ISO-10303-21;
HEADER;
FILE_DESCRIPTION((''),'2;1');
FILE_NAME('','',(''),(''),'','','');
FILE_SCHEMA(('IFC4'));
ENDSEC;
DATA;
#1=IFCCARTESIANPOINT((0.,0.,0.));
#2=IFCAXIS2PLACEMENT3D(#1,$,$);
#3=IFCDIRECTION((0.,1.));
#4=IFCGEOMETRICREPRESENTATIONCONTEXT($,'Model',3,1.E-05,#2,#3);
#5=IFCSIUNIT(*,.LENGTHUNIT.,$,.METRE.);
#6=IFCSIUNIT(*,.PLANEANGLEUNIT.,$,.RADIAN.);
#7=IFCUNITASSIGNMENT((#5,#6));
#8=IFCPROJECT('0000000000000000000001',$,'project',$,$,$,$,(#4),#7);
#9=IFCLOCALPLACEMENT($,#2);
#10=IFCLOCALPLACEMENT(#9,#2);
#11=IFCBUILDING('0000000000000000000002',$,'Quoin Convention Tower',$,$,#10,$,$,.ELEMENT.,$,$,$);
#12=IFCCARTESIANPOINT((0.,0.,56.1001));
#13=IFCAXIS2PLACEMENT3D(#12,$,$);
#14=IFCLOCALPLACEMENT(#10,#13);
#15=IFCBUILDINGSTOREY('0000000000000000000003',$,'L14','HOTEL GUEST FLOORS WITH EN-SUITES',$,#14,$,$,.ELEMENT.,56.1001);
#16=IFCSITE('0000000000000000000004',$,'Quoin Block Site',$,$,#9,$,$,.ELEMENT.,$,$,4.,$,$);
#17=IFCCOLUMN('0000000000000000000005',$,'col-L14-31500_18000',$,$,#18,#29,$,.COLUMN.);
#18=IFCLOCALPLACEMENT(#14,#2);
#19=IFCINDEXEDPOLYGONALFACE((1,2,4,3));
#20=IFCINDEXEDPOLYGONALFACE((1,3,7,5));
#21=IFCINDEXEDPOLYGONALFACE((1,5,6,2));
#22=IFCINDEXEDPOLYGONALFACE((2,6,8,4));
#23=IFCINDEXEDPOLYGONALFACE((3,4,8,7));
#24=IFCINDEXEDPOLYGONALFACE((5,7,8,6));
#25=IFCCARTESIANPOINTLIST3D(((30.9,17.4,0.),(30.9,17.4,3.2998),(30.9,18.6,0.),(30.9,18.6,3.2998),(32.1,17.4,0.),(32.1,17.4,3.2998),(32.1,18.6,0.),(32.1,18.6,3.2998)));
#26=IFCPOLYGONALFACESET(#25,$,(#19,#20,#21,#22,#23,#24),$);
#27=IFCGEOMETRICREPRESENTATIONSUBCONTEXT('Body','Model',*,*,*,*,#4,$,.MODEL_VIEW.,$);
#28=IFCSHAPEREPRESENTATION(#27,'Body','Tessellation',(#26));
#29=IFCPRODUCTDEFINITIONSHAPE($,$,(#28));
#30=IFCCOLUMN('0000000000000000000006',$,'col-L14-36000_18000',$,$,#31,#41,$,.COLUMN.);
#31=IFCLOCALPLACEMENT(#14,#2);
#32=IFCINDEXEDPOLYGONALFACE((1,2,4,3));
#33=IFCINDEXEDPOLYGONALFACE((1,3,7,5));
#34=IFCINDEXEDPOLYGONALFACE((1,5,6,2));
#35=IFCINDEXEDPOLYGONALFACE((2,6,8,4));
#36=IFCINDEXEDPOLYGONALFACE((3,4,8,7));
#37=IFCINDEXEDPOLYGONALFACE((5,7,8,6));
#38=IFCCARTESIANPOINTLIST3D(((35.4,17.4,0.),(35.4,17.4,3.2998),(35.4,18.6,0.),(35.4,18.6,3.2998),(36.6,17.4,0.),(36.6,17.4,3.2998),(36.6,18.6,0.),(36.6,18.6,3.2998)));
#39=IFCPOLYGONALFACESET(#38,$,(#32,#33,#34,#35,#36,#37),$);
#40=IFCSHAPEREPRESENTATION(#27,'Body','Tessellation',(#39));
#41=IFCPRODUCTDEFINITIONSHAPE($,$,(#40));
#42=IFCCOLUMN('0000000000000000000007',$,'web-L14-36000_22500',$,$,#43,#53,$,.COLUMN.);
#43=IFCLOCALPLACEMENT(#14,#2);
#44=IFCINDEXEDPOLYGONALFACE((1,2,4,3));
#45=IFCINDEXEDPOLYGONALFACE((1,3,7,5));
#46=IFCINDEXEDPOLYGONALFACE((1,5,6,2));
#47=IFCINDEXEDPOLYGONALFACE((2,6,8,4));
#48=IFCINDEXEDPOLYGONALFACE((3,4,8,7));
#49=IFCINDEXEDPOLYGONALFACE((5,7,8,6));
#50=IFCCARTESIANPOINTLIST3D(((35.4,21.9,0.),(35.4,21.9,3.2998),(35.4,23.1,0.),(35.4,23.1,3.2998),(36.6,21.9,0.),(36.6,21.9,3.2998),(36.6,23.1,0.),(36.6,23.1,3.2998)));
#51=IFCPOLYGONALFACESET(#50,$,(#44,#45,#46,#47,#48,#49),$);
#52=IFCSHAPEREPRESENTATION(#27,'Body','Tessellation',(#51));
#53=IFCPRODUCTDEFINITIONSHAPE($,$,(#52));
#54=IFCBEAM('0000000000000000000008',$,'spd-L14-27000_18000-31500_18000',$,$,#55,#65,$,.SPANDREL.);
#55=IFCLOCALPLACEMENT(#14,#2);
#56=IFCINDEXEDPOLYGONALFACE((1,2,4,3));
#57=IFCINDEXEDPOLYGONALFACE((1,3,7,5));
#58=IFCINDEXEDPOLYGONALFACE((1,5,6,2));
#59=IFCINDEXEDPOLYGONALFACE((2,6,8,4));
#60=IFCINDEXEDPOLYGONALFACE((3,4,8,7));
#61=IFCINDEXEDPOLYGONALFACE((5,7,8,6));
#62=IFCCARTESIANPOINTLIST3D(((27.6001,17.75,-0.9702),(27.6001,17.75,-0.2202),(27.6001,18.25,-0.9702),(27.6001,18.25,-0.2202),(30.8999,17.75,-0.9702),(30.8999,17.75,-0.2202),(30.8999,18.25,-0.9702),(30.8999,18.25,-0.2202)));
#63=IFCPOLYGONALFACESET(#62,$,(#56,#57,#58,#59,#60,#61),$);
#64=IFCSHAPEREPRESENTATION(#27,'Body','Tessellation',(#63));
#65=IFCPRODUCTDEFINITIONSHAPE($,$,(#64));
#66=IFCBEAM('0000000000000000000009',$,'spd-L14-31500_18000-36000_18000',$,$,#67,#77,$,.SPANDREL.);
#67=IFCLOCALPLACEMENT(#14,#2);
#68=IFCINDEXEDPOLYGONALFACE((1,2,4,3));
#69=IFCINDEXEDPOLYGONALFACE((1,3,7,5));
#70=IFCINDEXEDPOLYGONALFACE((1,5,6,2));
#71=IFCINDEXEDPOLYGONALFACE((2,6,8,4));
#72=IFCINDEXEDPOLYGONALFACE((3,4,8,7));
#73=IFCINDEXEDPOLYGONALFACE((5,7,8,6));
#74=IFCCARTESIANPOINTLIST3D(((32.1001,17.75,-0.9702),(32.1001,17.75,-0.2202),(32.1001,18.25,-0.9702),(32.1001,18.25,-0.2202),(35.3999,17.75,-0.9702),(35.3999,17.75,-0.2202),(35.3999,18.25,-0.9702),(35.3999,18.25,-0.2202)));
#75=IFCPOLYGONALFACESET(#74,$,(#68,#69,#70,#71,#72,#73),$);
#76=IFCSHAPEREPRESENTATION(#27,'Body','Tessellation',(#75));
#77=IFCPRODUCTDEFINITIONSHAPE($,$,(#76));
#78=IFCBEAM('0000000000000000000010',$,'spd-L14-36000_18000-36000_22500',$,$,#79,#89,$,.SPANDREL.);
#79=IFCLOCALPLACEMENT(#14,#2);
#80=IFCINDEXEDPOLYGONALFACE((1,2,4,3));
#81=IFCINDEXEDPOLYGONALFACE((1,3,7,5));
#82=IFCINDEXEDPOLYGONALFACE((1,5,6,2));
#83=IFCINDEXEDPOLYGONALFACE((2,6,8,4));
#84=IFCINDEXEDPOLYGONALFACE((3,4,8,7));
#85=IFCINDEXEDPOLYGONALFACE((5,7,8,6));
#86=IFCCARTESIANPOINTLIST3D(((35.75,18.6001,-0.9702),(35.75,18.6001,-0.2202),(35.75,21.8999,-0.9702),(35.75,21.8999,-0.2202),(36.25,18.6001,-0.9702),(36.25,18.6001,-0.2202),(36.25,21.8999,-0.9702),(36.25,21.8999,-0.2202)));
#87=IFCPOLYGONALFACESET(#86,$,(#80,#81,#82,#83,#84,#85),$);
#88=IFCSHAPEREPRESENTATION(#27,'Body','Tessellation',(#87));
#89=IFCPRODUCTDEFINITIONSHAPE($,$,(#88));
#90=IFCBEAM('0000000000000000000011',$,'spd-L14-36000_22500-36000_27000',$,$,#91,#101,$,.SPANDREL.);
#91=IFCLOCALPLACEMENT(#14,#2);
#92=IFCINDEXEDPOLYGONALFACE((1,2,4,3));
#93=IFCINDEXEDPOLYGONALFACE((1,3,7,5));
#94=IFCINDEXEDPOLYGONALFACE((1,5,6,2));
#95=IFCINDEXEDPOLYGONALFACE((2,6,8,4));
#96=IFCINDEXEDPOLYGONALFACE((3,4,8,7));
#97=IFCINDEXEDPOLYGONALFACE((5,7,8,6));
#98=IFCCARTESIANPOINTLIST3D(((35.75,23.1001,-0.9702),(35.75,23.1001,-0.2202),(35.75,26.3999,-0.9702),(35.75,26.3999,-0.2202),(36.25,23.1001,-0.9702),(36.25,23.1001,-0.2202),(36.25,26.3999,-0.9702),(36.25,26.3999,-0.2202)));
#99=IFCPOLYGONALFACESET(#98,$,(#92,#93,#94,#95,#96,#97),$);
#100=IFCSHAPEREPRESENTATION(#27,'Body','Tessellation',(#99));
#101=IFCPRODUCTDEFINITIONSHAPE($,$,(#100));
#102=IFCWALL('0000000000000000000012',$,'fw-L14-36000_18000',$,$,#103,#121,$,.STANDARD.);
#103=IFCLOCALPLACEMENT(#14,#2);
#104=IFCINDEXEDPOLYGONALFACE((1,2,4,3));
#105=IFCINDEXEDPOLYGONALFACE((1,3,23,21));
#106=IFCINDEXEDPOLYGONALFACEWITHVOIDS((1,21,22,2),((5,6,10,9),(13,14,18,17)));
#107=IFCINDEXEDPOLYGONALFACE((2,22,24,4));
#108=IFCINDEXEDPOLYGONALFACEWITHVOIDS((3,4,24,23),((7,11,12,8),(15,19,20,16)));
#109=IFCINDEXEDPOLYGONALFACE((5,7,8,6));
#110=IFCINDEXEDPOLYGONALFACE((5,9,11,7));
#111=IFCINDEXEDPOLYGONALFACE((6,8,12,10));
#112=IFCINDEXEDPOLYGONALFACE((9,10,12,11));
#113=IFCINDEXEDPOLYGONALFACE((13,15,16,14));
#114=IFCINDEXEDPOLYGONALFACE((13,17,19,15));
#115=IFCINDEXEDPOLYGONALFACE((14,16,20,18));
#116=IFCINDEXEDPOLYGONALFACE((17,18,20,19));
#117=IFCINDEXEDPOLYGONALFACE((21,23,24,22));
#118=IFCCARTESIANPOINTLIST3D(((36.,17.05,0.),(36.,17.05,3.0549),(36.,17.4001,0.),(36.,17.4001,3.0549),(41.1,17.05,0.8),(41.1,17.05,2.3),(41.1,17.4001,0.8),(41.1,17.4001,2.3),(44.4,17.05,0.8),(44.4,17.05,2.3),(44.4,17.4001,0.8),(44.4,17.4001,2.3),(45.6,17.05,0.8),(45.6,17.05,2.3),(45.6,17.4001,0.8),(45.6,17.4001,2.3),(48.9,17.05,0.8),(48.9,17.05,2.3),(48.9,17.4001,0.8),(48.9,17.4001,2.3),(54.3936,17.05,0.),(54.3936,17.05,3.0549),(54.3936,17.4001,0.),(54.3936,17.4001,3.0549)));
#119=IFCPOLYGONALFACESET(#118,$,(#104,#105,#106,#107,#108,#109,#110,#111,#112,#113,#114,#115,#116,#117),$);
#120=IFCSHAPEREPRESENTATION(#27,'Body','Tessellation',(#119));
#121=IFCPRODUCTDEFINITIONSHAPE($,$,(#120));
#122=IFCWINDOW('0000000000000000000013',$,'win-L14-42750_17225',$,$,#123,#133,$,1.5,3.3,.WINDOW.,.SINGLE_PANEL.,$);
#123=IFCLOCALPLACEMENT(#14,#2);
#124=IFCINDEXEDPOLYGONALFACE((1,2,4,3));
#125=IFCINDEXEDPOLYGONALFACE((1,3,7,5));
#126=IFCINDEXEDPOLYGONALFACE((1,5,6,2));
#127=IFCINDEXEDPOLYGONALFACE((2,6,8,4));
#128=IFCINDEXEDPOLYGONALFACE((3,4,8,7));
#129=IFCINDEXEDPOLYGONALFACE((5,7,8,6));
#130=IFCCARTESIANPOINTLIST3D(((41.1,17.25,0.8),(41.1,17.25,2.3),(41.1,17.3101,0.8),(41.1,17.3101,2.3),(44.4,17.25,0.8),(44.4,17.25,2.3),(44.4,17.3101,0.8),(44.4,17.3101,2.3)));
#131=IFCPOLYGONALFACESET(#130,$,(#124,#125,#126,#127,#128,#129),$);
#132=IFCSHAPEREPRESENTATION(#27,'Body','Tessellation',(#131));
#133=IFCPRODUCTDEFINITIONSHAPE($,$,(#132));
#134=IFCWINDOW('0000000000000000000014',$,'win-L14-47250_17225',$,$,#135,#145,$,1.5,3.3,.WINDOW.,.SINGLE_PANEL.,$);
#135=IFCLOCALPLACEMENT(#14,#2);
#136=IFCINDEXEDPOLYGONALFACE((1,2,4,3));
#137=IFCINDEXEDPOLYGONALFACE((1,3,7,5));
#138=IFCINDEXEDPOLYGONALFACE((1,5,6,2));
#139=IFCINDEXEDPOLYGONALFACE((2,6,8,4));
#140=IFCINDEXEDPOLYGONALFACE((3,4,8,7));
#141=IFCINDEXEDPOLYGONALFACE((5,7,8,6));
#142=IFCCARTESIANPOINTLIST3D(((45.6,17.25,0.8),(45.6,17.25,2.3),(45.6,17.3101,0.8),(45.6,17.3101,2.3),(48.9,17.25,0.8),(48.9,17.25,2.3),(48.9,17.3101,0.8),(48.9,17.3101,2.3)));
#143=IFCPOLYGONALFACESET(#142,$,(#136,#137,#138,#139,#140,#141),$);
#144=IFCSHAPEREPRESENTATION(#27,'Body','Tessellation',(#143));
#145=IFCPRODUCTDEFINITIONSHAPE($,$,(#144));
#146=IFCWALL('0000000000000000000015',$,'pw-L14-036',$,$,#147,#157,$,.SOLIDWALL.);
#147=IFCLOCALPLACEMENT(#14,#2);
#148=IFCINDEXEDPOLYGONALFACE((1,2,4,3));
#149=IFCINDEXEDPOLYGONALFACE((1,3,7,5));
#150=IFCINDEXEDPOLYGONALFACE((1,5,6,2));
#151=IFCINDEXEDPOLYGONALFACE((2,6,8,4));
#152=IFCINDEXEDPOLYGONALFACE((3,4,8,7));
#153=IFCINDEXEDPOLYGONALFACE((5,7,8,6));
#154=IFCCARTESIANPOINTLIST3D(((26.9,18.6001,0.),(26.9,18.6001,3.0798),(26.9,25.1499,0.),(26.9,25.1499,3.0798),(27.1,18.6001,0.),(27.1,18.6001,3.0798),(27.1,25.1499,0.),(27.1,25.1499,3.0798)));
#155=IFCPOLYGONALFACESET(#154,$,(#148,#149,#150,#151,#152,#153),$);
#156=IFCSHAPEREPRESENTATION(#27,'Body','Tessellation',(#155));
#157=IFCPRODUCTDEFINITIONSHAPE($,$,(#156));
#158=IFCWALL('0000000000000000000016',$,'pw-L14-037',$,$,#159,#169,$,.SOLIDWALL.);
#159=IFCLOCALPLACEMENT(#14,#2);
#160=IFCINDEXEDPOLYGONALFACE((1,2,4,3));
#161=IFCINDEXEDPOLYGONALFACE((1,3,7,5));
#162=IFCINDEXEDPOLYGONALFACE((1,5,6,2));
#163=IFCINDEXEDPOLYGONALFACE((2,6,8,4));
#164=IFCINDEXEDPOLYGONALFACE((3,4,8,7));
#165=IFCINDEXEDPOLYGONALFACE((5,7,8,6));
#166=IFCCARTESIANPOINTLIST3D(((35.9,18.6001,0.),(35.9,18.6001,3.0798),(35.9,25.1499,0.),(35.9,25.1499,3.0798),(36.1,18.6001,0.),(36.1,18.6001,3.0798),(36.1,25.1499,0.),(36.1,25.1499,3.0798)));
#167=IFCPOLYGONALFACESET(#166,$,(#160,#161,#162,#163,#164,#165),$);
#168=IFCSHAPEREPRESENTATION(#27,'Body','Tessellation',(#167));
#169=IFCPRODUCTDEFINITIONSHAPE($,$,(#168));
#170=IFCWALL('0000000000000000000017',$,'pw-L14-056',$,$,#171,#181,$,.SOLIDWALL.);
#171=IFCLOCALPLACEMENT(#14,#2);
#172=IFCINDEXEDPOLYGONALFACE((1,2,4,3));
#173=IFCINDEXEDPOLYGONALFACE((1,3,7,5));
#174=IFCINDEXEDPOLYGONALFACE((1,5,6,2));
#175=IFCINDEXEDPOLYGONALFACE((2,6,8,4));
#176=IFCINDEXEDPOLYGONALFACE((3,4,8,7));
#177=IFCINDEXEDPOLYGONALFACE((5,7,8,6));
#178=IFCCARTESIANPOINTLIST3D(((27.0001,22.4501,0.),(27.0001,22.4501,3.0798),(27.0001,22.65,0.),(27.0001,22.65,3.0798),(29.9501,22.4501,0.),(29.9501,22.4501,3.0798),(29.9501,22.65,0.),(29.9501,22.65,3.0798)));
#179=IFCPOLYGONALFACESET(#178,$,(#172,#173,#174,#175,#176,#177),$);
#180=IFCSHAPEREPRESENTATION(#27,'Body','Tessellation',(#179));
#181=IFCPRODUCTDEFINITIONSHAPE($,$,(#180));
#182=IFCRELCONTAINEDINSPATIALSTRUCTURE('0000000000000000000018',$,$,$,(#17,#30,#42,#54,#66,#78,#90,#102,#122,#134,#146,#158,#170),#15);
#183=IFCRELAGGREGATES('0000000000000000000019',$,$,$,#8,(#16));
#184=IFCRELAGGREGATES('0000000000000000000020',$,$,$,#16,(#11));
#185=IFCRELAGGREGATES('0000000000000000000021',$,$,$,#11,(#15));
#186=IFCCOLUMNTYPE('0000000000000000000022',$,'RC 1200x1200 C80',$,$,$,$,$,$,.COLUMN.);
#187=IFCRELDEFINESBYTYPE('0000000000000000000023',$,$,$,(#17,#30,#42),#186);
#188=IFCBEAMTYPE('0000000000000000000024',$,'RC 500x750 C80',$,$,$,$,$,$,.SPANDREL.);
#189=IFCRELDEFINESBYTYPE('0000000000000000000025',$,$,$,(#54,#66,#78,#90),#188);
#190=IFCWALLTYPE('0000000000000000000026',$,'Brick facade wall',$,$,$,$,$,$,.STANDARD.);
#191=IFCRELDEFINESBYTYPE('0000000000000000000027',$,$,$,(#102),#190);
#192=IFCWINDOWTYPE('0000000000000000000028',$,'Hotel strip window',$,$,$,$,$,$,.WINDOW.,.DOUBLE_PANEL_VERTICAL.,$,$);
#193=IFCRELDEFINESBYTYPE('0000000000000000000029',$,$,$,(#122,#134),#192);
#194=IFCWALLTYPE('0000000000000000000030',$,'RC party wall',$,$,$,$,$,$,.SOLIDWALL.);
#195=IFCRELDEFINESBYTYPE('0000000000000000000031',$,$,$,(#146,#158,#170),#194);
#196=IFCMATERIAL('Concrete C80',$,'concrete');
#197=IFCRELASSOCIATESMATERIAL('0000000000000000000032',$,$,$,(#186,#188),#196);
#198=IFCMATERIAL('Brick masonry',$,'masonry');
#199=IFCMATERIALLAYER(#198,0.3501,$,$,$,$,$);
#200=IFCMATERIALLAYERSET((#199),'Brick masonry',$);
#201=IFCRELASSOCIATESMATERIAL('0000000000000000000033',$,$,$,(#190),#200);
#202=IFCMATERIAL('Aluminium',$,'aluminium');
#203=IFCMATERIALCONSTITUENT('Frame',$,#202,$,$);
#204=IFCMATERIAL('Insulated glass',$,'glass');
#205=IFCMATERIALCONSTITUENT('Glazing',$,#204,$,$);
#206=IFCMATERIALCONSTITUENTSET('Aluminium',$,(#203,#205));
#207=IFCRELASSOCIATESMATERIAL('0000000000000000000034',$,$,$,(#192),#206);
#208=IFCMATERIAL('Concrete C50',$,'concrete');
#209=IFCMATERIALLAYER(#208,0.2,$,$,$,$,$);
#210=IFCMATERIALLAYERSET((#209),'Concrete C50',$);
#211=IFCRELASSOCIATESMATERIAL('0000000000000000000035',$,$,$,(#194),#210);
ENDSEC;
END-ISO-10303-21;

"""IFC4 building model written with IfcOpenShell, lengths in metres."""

from ifc_helpers import new_model, si_unit, direction, frame, frame_2d, origin, origin_2d, place, context, subcontext, project, spatial, rectangle, extrude, material, layer, layer_set, constituent, constituent_set, material_profile, profile_set, type_object, element, fill, save


model = new_model("IFC4")

# Units and contexts
model_context = context("Model", 3, precision=1e-05, world=origin(), true_north=direction((0.0, 1.0)))
body_context = subcontext(model_context, "Body", "Model", "MODEL_VIEW")
ifc_project = project(units=[si_unit("LENGTHUNIT", "METRE"), si_unit("PLANEANGLEUNIT", "RADIAN")], contexts=[model_context])

# Site, building, storey
site_placement = place(None, origin())
site = spatial("IfcSite", under=ifc_project, at=site_placement, Name="Quoin Block Site", CompositionType="ELEMENT", RefElevation=4.0)
building_placement = place(site_placement, origin())
building = spatial("IfcBuilding", under=site, at=building_placement, Name="Quoin Convention Tower", CompositionType="ELEMENT")
storey_placement = place(building_placement, frame((0.0, 0.0, 56.1001)))
storey = spatial("IfcBuildingStorey", under=building, at=storey_placement, Name="L14", Description="HOTEL GUEST FLOORS WITH EN-SUITES", CompositionType="ELEMENT", Elevation=56.1001)

# Columns
ifc_material_1 = material(Name="Concrete C80", Category="concrete")
ifc_material_profile_1 = material_profile(ifc_material_1, rectangle(XDim=1.2, YDim=1.2, at=origin_2d()), Name="RC 1200x1200")
ifc_profile_set_1 = profile_set([ifc_material_profile_1], Name="Concrete C80")
column_type = type_object("IfcColumnType", Name="RC 1200x1200 C80", PredefinedType="COLUMN", material=ifc_profile_set_1)
for number, where, z_axis, x_axis, name in (
    (1, (31.5, 18.0, 0.0), (0.0, 0.0, 1.0), (1.0, 0.0, 0.0), "col-L14-31500_18000"),
    (2, (36.0, 18.0, 0.0), (0.0, 0.0, 1.0), (1.0, 0.0, 0.0), "col-L14-36000_18000"),
    (3, (36.0, 22.5, 0.0), (0.0, 0.0, 1.0), (1.0, 0.0, 0.0), "web-L14-36000_22500"),
):
    element("IfcColumn", number, at=place(storey_placement, frame(where, z_axis=z_axis, x_axis=x_axis)), inside=storey, type_object=column_type, Name=name, PredefinedType="COLUMN", context=body_context, shape_type="SweptSolid", body=[
        extrude(rectangle(XDim=1.2, YDim=1.2, at=origin_2d()), origin(), (0.0, 0.0, 1.0), 3.2998),
    ])

# Beams
ifc_material_profile_2 = material_profile(ifc_material_1, rectangle(XDim=0.5, YDim=0.75, at=origin_2d()), Name="RC 500x750")
ifc_profile_set_2 = profile_set([ifc_material_profile_2], Name="Concrete C80")
beam_type = type_object("IfcBeamType", Name="RC 500x750 C80", PredefinedType="SPANDREL", material=ifc_profile_set_2)
for number, where, z_axis, x_axis, name in (
    (4, (27.6001, 18.0, -0.5952), (1.0, 0.0, 0.0), (0.0, 1.0, 0.0), "spd-L14-27000_18000-31500_18000"),
    (5, (32.1001, 18.0, -0.5952), (1.0, 0.0, 0.0), (0.0, 1.0, 0.0), "spd-L14-31500_18000-36000_18000"),
    (6, (36.0, 18.6001, -0.5952), (0.0, 1.0, 0.0), (-1.0, 0.0, 0.0), "spd-L14-36000_18000-36000_22500"),
    (7, (36.0, 23.1001, -0.5952), (0.0, 1.0, 0.0), (-1.0, 0.0, 0.0), "spd-L14-36000_22500-36000_27000"),
):
    element("IfcBeam", number, at=place(storey_placement, frame(where, z_axis=z_axis, x_axis=x_axis)), inside=storey, type_object=beam_type, Name=name, PredefinedType="SPANDREL", context=body_context, shape_type="SweptSolid", body=[
        extrude(rectangle(XDim=0.5, YDim=0.75, at=origin_2d()), origin(), (0.0, 0.0, 1.0), 3.2998),
    ])

# Wall, openings, windows
ifc_material_2 = material(Name="Brick masonry", Category="masonry")
ifc_layer_1 = layer(ifc_material_2, 0.3501)
ifc_layer_set_1 = layer_set([ifc_layer_1], Name="Brick masonry")
wall_type_1 = type_object("IfcWallType", Name="Brick facade wall", PredefinedType="STANDARD", material=ifc_layer_set_1)
wall_1_placement = place(storey_placement, frame((36.0, 17.2251, 0.0), z_axis=(0.0, 0.0, 1.0), x_axis=(1.0, 0.0, 0.0)))
wall_1 = element("IfcWall", 8, at=wall_1_placement, inside=storey, type_object=wall_type_1, Name="fw-L14-36000_18000", PredefinedType="STANDARD", context=body_context, shape_type="SweptSolid", body=[
    extrude(rectangle(XDim=18.3936, YDim=0.3501, at=frame_2d((9.1968, 0.0))), origin(), (0.0, 0.0, 1.0), 3.0549),
])
opening_1_placement = place(wall_1_placement, frame((5.1001, 0.0, 0.8)))
opening_1 = element("IfcOpeningElement", 9, at=opening_1_placement, cuts=wall_1, PredefinedType="OPENING", context=body_context, shape_type="SweptSolid", body=[
    extrude(rectangle(XDim=3.3, YDim=1.5, at=frame_2d((1.6499, 0.75))), frame((0.0, 0.1851, 0.0), z_axis=(0.0, -1.0, 0.0), x_axis=(1.0, 0.0, 0.0)), (0.0, 0.0, 1.0), 0.3701),
])
opening_2_placement = place(wall_1_placement, frame((9.6001, 0.0, 0.8)))
opening_2 = element("IfcOpeningElement", 10, at=opening_2_placement, cuts=wall_1, PredefinedType="OPENING", context=body_context, shape_type="SweptSolid", body=[
    extrude(rectangle(XDim=3.3, YDim=1.5, at=frame_2d((1.6499, 0.75))), frame((0.0, 0.1851, 0.0), z_axis=(0.0, -1.0, 0.0), x_axis=(1.0, 0.0, 0.0)), (0.0, 0.0, 1.0), 0.3701),
])
ifc_material_3 = material(Name="Aluminium", Category="aluminium")
ifc_constituent_1 = constituent(ifc_material_3, Name="Frame")
ifc_material_4 = material(Name="Insulated glass", Category="glass")
ifc_constituent_2 = constituent(ifc_material_4, Name="Glazing")
ifc_constituent_set = constituent_set(constituents=[ifc_constituent_1, ifc_constituent_2], Name="Aluminium")
window_type = type_object("IfcWindowType", Name="Hotel strip window", PartitioningType="DOUBLE_PANEL_VERTICAL", PredefinedType="WINDOW", material=ifc_constituent_set)
window_1_placement = place(opening_1_placement, origin())
window_1 = element("IfcWindow", 11, at=window_1_placement, inside=storey, type_object=window_type, Name="win-L14-42750_17225", OverallHeight=1.5, OverallWidth=3.3, PartitioningType="SINGLE_PANEL", PredefinedType="WINDOW", context=body_context, shape_type="SweptSolid", body=[
    extrude(rectangle(XDim=3.3, YDim=1.5, at=frame_2d((1.6499, 0.75))), frame((0.0, 0.085, 0.0), z_axis=(0.0, -1.0, 0.0), x_axis=(1.0, 0.0, 0.0)), (0.0, 0.0, 1.0), 0.0601),
])
fill(opening_1, window_1)
window_2_placement = place(opening_2_placement, origin())
window_2 = element("IfcWindow", 12, at=window_2_placement, inside=storey, type_object=window_type, Name="win-L14-47250_17225", OverallHeight=1.5, OverallWidth=3.3, PartitioningType="SINGLE_PANEL", PredefinedType="WINDOW", context=body_context, shape_type="SweptSolid", body=[
    extrude(rectangle(XDim=3.3, YDim=1.5, at=frame_2d((1.6499, 0.75))), frame((0.0, 0.085, 0.0), z_axis=(0.0, -1.0, 0.0), x_axis=(1.0, 0.0, 0.0)), (0.0, 0.0, 1.0), 0.0601),
])
fill(opening_2, window_2)

# Walls
ifc_material_5 = material(Name="Concrete C50", Category="concrete")
ifc_layer_2 = layer(ifc_material_5, 0.2)
ifc_layer_set_2 = layer_set([ifc_layer_2], Name="Concrete C50")
wall_type_2 = type_object("IfcWallType", Name="RC party wall", PredefinedType="SOLIDWALL", material=ifc_layer_set_2)
for number, where, z_axis, x_axis, name in (
    (13, (27.0, 18.6001, 0.0), (0.0, 0.0, 1.0), (0.0, 1.0, 0.0), "pw-L14-036"),
    (14, (36.0, 18.6001, 0.0), (0.0, 0.0, 1.0), (0.0, 1.0, 0.0), "pw-L14-037"),
):
    element("IfcWall", number, at=place(storey_placement, frame(where, z_axis=z_axis, x_axis=x_axis)), inside=storey, type_object=wall_type_2, Name=name, PredefinedType="SOLIDWALL", context=body_context, shape_type="SweptSolid", body=[
        extrude(rectangle(XDim=6.5498, YDim=0.2, at=frame_2d((3.2749, 0.0))), origin(), (0.0, 0.0, 1.0), 3.0798),
    ])
wall_2_placement = place(storey_placement, frame((27.0, 22.55, 0.0), z_axis=(0.0, 0.0, 1.0), x_axis=(1.0, 0.0, 0.0)))
element("IfcWall", 15, at=wall_2_placement, inside=storey, type_object=wall_type_2, Name="pw-L14-056", PredefinedType="SOLIDWALL", context=body_context, shape_type="SweptSolid", body=[
    extrude(rectangle(XDim=2.95, YDim=0.2, at=frame_2d((1.4751, 0.0))), origin(), (0.0, 0.0, 1.0), 3.0798),
])

save(model, "model.ifc")
